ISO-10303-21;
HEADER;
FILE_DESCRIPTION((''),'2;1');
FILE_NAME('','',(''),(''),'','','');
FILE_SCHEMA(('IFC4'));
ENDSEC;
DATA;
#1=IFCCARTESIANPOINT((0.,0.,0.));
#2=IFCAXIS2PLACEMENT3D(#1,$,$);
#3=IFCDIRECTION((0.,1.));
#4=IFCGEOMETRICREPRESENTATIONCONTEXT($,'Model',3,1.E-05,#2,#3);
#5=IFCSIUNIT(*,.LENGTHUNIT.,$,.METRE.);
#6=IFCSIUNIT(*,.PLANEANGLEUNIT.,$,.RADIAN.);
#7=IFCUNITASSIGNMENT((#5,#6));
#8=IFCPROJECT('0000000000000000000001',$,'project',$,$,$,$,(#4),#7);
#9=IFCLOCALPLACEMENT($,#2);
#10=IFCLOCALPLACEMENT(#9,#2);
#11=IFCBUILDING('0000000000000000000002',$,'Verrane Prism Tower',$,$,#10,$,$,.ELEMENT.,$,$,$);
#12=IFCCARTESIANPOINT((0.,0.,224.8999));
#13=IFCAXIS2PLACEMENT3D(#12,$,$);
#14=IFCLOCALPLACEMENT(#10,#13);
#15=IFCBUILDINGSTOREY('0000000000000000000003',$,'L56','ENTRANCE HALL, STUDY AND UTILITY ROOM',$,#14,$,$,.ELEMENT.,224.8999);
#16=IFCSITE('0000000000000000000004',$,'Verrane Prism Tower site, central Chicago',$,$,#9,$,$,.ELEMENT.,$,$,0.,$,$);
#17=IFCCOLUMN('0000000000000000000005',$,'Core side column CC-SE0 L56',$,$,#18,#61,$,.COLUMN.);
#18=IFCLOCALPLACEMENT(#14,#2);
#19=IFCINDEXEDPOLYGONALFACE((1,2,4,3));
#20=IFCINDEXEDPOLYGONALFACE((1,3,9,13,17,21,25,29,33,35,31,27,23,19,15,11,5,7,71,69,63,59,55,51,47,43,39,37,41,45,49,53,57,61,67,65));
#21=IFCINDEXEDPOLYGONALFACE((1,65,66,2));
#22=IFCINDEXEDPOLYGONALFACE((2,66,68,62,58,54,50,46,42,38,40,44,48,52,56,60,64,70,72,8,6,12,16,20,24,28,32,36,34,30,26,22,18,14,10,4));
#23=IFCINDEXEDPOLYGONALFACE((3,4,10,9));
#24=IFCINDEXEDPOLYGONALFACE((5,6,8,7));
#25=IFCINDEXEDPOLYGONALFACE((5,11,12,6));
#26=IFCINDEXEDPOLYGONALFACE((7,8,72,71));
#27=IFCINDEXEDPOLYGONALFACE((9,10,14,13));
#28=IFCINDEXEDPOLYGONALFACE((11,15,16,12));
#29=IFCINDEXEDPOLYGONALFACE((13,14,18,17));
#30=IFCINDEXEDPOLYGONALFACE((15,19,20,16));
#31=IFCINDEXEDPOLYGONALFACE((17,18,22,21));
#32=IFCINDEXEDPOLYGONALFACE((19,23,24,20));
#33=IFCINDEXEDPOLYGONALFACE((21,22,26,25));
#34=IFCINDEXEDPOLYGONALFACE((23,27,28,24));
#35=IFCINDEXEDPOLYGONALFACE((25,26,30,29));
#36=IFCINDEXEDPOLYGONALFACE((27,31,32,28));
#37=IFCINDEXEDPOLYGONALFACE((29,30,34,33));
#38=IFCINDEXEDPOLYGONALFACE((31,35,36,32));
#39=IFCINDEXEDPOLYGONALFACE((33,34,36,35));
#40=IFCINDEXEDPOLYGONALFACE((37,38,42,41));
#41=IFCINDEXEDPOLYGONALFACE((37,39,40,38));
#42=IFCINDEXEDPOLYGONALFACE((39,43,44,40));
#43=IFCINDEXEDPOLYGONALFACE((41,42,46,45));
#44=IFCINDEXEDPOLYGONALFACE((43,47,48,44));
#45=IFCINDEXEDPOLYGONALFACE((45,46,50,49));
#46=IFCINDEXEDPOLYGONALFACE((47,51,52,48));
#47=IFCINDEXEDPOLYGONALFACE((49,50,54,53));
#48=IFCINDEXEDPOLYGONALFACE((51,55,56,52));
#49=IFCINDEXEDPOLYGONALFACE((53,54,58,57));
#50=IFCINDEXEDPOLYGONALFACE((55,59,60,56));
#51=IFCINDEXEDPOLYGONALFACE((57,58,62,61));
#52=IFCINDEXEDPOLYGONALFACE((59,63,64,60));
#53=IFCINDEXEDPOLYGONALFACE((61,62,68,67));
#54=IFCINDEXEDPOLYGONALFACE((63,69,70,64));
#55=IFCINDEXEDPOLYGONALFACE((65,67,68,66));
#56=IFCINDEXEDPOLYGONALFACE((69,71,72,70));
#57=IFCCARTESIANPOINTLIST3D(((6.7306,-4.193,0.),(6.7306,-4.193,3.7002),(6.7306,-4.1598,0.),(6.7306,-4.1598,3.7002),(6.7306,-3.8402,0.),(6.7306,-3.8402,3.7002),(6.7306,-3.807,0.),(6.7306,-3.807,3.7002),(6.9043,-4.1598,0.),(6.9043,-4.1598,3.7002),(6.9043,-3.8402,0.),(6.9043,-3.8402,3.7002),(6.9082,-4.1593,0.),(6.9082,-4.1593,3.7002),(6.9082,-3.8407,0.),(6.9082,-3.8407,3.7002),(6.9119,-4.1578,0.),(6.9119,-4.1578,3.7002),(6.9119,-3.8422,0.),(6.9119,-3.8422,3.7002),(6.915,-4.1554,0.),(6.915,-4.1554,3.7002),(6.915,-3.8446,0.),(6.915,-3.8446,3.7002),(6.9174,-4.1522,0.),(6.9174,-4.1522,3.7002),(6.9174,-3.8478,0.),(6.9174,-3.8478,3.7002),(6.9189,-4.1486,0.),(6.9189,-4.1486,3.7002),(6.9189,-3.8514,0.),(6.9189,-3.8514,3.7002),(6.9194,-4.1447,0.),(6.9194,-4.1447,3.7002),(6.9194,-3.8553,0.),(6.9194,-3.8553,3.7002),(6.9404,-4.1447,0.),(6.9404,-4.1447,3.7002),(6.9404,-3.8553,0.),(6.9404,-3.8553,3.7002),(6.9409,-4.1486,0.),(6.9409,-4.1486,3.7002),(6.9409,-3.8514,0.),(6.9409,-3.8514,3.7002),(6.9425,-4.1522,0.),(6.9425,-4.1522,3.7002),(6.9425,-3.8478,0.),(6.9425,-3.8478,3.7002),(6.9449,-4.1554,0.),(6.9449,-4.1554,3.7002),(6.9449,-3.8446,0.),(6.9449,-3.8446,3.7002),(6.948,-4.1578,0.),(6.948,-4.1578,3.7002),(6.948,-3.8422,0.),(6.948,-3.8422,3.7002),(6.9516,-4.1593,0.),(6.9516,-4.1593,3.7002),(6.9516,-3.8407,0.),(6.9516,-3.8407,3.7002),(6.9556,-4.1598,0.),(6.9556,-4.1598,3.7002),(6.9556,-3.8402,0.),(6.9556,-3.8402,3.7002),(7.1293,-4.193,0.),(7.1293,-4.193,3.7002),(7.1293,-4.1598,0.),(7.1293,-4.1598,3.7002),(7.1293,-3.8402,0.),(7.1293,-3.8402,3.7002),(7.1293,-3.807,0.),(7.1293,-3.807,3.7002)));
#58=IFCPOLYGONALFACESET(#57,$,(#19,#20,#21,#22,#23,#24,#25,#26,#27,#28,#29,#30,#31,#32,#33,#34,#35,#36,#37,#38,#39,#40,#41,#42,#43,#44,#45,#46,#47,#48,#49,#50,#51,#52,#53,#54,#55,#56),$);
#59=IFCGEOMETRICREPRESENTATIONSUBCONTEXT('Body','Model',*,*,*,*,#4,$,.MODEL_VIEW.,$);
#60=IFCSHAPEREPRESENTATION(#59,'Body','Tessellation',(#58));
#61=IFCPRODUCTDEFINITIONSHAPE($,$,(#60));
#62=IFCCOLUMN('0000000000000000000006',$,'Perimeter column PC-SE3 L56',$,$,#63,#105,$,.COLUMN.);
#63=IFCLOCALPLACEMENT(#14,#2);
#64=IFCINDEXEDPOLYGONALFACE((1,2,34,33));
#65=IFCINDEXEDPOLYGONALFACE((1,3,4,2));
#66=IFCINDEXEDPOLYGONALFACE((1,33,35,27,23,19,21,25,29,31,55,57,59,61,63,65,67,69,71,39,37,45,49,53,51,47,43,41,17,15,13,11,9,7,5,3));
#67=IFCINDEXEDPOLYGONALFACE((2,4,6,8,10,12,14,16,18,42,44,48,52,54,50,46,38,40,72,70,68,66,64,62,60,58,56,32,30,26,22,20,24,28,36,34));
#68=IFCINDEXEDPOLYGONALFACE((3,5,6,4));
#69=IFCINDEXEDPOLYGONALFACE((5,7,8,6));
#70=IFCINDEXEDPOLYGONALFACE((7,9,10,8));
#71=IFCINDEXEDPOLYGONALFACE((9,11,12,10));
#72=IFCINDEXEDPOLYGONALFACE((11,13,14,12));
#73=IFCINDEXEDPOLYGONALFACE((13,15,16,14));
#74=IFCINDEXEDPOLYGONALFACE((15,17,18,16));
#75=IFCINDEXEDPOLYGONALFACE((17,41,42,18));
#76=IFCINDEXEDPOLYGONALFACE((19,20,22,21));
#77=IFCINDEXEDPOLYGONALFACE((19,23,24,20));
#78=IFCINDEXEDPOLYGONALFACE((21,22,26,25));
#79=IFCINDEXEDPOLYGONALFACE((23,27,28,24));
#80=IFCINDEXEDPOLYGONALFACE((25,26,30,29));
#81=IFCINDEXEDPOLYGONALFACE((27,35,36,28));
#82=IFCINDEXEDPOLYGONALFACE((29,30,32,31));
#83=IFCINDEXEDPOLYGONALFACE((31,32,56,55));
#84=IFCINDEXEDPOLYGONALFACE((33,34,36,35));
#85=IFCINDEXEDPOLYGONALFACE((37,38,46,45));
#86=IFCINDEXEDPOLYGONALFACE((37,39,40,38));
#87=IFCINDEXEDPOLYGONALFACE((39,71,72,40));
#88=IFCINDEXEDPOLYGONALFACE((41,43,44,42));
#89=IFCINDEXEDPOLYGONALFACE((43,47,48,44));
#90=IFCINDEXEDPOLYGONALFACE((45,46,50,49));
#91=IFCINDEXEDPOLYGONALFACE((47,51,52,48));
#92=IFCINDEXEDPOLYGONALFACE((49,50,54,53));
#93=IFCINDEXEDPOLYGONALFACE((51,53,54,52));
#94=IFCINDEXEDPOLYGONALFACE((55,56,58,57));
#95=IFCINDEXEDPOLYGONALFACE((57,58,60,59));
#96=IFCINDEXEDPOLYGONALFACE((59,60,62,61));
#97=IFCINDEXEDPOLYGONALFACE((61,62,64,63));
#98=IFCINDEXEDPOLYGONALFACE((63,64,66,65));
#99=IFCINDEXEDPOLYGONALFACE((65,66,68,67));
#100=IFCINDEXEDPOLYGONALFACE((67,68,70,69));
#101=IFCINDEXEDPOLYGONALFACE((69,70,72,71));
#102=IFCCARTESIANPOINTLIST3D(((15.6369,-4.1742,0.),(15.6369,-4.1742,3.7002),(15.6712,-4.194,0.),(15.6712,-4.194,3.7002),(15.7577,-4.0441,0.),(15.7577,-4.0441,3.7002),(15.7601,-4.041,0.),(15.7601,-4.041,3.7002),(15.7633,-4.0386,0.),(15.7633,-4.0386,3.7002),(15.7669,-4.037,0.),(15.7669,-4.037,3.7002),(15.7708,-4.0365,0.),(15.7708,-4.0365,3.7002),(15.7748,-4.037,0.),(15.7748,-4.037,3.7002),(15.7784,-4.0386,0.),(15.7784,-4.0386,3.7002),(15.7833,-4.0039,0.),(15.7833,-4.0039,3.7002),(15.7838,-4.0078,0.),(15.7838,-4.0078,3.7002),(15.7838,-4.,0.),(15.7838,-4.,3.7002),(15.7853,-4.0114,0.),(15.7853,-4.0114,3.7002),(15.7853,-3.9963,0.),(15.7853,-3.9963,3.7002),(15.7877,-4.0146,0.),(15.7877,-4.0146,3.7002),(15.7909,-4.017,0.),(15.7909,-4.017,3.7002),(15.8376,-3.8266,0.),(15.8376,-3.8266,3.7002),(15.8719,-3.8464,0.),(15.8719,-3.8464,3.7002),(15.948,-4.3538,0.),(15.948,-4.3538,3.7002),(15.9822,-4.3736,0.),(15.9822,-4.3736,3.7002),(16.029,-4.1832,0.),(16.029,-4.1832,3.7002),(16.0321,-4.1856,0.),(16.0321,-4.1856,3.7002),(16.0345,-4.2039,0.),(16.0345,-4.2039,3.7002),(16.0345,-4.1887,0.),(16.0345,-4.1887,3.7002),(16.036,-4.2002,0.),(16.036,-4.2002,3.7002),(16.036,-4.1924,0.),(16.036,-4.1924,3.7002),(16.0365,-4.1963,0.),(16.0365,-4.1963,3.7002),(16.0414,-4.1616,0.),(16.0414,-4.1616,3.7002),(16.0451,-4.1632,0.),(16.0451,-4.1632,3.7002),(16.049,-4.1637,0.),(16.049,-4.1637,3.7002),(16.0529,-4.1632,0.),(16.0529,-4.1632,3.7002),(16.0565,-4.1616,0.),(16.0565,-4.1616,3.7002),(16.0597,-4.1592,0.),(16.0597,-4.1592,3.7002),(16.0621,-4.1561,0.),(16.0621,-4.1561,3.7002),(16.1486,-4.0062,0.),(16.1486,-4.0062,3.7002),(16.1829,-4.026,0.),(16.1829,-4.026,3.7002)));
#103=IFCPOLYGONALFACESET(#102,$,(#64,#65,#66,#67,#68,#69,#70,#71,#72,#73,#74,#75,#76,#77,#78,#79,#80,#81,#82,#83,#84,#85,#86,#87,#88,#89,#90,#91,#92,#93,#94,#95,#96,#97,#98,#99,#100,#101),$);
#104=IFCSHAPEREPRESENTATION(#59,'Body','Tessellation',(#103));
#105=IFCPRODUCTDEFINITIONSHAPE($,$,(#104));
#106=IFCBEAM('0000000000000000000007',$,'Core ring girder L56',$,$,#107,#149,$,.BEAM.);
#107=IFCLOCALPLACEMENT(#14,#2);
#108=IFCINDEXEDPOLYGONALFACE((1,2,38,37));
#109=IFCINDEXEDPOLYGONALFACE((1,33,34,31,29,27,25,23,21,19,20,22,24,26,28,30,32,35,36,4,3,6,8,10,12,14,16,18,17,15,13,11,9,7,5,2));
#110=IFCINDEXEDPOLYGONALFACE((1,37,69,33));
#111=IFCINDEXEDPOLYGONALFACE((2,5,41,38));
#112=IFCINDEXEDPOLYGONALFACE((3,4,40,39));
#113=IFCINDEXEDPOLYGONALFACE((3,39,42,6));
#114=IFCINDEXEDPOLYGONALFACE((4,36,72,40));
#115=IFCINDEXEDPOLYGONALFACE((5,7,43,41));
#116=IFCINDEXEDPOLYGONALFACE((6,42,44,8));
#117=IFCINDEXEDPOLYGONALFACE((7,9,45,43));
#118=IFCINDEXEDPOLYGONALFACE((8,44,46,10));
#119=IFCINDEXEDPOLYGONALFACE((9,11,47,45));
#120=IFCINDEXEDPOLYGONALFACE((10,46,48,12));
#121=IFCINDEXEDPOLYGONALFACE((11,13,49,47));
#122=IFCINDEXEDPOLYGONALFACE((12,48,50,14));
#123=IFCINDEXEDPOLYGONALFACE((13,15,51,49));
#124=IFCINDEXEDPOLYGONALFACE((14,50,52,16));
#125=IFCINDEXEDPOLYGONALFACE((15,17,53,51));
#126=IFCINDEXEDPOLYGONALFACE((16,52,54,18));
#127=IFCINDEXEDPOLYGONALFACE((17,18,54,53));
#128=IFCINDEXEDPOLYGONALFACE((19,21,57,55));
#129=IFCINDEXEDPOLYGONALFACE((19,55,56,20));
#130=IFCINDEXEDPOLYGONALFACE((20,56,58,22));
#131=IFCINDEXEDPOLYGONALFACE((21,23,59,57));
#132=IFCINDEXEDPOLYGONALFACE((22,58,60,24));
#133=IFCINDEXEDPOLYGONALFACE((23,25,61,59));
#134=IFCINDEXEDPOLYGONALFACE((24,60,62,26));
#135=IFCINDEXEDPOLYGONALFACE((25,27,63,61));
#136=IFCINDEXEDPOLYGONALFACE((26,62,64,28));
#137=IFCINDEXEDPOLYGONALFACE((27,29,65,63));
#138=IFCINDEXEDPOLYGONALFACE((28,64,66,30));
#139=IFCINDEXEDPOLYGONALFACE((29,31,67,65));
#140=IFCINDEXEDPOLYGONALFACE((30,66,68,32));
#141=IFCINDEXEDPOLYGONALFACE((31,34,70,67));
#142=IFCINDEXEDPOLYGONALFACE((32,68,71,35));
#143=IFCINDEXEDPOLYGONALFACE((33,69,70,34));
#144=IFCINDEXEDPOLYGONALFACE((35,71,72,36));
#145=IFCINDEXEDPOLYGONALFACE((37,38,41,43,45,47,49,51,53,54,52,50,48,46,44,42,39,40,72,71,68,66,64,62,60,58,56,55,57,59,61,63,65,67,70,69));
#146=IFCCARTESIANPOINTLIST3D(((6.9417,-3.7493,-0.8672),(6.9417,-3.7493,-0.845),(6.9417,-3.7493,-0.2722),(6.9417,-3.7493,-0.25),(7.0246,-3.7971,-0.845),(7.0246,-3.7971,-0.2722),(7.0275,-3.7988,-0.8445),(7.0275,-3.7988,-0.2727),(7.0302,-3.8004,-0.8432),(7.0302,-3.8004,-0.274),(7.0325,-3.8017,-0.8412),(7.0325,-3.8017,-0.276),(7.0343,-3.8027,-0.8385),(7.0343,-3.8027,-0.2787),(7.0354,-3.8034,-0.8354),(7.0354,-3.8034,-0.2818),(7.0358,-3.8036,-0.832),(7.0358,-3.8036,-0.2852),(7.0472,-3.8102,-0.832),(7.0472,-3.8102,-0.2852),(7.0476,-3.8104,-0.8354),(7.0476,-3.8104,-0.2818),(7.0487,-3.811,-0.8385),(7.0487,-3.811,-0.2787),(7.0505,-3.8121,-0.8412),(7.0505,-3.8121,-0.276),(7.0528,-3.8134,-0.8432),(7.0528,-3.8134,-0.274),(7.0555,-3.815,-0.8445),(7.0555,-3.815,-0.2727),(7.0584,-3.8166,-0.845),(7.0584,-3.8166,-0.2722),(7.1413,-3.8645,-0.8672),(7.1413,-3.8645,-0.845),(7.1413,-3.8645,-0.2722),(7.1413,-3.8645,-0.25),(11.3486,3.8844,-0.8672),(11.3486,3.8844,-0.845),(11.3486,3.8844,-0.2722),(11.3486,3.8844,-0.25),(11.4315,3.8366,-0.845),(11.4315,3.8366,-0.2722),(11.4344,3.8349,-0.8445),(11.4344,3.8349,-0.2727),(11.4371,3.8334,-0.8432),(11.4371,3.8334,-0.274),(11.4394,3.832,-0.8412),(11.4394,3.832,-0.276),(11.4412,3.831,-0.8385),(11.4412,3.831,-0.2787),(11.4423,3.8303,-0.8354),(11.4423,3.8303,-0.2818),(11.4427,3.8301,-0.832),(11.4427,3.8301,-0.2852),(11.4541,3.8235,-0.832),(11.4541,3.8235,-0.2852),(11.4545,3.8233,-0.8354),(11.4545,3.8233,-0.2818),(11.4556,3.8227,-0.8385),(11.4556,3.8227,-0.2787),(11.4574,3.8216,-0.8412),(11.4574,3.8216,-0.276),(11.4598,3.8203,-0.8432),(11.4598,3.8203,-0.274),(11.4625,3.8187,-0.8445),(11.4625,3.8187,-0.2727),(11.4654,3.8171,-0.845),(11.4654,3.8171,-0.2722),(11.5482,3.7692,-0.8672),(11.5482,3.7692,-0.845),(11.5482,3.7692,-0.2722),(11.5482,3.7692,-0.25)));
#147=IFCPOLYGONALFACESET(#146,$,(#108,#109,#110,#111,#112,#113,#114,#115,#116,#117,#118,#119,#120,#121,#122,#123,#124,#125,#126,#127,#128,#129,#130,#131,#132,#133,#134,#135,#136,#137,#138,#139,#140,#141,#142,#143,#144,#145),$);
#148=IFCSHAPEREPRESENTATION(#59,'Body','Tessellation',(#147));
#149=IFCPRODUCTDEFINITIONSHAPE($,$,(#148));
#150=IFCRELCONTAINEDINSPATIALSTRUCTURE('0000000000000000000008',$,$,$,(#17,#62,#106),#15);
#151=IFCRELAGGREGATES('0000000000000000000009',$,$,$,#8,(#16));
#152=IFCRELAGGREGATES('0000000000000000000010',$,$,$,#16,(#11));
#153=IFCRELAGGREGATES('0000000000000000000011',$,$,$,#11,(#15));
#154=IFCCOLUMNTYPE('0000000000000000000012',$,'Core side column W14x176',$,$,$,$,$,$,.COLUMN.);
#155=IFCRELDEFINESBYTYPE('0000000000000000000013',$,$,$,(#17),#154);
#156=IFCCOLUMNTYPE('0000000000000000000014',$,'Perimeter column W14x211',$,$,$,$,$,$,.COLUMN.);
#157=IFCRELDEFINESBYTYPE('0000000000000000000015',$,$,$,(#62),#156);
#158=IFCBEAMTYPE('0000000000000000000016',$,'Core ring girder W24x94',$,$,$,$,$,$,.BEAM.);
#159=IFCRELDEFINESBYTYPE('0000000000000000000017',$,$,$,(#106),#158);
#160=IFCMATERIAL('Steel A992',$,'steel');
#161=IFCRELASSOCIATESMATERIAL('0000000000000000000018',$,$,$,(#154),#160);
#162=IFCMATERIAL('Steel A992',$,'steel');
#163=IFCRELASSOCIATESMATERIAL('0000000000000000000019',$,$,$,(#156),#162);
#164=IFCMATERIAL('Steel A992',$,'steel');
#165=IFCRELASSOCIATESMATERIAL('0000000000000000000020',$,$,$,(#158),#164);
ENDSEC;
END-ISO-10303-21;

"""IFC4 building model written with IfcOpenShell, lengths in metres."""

from ifc_helpers import new_model, si_unit, direction, frame, origin, origin_2d, place, context, subcontext, project, spatial, i_section, extrude, material, material_profile, profile_set, type_object, element, save


model = new_model("IFC4")

# Units and contexts
model_context = context("Model", 3, precision=1e-05, world=origin(), true_north=direction((0.0, 1.0)))
body_context = subcontext(model_context, "Body", "Model", "MODEL_VIEW")
ifc_project = project(units=[si_unit("LENGTHUNIT", "METRE"), si_unit("PLANEANGLEUNIT", "RADIAN")], contexts=[model_context])

# Site, building, storey
site_placement = place(None, origin())
site = spatial("IfcSite", under=ifc_project, at=site_placement, Name="Verrane Prism Tower site, central Chicago", CompositionType="ELEMENT", RefElevation=0.0)
building_placement = place(site_placement, origin())
building = spatial("IfcBuilding", under=site, at=building_placement, Name="Verrane Prism Tower", CompositionType="ELEMENT")
storey_placement = place(building_placement, frame((0.0, 0.0, 224.8999)))
storey = spatial("IfcBuildingStorey", under=building, at=storey_placement, Name="L56", Description="ENTRANCE HALL, STUDY AND UTILITY ROOM", CompositionType="ELEMENT", Elevation=224.8999)

# Columns
ifc_material_1 = material(Name="Steel A992", Category="steel")
ifc_material_profile_1 = material_profile(ifc_material_1, i_section(OverallWidth=0.3987, OverallDepth=0.386, WebThickness=0.021, FlangeThickness=0.0332, FilletRadius=0.0151, at=origin_2d()), Name="W14x176")
ifc_profile_set_1 = profile_set([ifc_material_profile_1], Name="Steel A992")
column_type_1 = type_object("IfcColumnType", Name="Core side column W14x176", PredefinedType="COLUMN", material=ifc_profile_set_1)
column_1_placement = place(storey_placement, frame((6.9299, -4.0, 0.0), z_axis=(0.0, 0.0, 1.0), x_axis=(1.0, 0.0, 0.0)))
element("IfcColumn", 1, at=column_1_placement, inside=storey, type_object=column_type_1, Name="Core side column CC-SE0 L56", PredefinedType="COLUMN", context=body_context, shape_type="SweptSolid", body=[
    extrude(i_section(OverallWidth=0.3987, OverallDepth=0.386, WebThickness=0.021, FlangeThickness=0.0332, FilletRadius=0.0151, at=origin_2d()), origin(), (0.0, 0.0, 1.0), 3.7002),
])
ifc_material_2 = material(Name="Steel A992", Category="steel")
ifc_material_profile_2 = material_profile(ifc_material_2, i_section(OverallWidth=0.4014, OverallDepth=0.3987, WebThickness=0.0249, FlangeThickness=0.0396, FilletRadius=0.0151, at=origin_2d()), Name="W14x211")
ifc_profile_set_2 = profile_set([ifc_material_profile_2], Name="Steel A992")
column_type_2 = type_object("IfcColumnType", Name="Perimeter column W14x211", PredefinedType="COLUMN", material=ifc_profile_set_2)
column_2_placement = place(storey_placement, frame((15.9099, -4.1001, 0.0), z_axis=(0.0, 0.0, 1.0), x_axis=(-0.5, -0.866025, 0.0)))
element("IfcColumn", 2, at=column_2_placement, inside=storey, type_object=column_type_2, Name="Perimeter column PC-SE3 L56", PredefinedType="COLUMN", context=body_context, shape_type="SweptSolid", body=[
    extrude(i_section(OverallWidth=0.4014, OverallDepth=0.3987, WebThickness=0.0249, FlangeThickness=0.0396, FilletRadius=0.0151, at=origin_2d()), origin(), (0.0, 0.0, 1.0), 3.7002),
])

# Beam
ifc_material_3 = material(Name="Steel A992", Category="steel")
ifc_material_profile_3 = material_profile(ifc_material_3, i_section(OverallWidth=0.2305, OverallDepth=0.6172, WebThickness=0.0132, FlangeThickness=0.0222, FilletRadius=0.0129, at=origin_2d()), Name="W24x94")
ifc_profile_set_3 = profile_set([ifc_material_profile_3], Name="Steel A992")
beam_type_1 = type_object("IfcBeamType", Name="Core ring girder W24x94", PredefinedType="BEAM", material=ifc_profile_set_3)
beam_1_placement = place(storey_placement, frame((7.0415, -3.8069, -0.5586), z_axis=(0.499967, 0.866044, 0.0), x_axis=(-0.866044, 0.499967, 0.0)))
element("IfcBeam", 3, at=beam_1_placement, inside=storey, type_object=beam_type_1, Name="Core ring girder L56", PredefinedType="BEAM", context=body_context, shape_type="SweptSolid", body=[
    extrude(i_section(OverallWidth=0.2305, OverallDepth=0.6172, WebThickness=0.0132, FlangeThickness=0.0222, FilletRadius=0.0129, at=origin_2d()), origin(), (0.0, 0.0, 1.0), 8.8145),
])

save(model, "model.ifc")
